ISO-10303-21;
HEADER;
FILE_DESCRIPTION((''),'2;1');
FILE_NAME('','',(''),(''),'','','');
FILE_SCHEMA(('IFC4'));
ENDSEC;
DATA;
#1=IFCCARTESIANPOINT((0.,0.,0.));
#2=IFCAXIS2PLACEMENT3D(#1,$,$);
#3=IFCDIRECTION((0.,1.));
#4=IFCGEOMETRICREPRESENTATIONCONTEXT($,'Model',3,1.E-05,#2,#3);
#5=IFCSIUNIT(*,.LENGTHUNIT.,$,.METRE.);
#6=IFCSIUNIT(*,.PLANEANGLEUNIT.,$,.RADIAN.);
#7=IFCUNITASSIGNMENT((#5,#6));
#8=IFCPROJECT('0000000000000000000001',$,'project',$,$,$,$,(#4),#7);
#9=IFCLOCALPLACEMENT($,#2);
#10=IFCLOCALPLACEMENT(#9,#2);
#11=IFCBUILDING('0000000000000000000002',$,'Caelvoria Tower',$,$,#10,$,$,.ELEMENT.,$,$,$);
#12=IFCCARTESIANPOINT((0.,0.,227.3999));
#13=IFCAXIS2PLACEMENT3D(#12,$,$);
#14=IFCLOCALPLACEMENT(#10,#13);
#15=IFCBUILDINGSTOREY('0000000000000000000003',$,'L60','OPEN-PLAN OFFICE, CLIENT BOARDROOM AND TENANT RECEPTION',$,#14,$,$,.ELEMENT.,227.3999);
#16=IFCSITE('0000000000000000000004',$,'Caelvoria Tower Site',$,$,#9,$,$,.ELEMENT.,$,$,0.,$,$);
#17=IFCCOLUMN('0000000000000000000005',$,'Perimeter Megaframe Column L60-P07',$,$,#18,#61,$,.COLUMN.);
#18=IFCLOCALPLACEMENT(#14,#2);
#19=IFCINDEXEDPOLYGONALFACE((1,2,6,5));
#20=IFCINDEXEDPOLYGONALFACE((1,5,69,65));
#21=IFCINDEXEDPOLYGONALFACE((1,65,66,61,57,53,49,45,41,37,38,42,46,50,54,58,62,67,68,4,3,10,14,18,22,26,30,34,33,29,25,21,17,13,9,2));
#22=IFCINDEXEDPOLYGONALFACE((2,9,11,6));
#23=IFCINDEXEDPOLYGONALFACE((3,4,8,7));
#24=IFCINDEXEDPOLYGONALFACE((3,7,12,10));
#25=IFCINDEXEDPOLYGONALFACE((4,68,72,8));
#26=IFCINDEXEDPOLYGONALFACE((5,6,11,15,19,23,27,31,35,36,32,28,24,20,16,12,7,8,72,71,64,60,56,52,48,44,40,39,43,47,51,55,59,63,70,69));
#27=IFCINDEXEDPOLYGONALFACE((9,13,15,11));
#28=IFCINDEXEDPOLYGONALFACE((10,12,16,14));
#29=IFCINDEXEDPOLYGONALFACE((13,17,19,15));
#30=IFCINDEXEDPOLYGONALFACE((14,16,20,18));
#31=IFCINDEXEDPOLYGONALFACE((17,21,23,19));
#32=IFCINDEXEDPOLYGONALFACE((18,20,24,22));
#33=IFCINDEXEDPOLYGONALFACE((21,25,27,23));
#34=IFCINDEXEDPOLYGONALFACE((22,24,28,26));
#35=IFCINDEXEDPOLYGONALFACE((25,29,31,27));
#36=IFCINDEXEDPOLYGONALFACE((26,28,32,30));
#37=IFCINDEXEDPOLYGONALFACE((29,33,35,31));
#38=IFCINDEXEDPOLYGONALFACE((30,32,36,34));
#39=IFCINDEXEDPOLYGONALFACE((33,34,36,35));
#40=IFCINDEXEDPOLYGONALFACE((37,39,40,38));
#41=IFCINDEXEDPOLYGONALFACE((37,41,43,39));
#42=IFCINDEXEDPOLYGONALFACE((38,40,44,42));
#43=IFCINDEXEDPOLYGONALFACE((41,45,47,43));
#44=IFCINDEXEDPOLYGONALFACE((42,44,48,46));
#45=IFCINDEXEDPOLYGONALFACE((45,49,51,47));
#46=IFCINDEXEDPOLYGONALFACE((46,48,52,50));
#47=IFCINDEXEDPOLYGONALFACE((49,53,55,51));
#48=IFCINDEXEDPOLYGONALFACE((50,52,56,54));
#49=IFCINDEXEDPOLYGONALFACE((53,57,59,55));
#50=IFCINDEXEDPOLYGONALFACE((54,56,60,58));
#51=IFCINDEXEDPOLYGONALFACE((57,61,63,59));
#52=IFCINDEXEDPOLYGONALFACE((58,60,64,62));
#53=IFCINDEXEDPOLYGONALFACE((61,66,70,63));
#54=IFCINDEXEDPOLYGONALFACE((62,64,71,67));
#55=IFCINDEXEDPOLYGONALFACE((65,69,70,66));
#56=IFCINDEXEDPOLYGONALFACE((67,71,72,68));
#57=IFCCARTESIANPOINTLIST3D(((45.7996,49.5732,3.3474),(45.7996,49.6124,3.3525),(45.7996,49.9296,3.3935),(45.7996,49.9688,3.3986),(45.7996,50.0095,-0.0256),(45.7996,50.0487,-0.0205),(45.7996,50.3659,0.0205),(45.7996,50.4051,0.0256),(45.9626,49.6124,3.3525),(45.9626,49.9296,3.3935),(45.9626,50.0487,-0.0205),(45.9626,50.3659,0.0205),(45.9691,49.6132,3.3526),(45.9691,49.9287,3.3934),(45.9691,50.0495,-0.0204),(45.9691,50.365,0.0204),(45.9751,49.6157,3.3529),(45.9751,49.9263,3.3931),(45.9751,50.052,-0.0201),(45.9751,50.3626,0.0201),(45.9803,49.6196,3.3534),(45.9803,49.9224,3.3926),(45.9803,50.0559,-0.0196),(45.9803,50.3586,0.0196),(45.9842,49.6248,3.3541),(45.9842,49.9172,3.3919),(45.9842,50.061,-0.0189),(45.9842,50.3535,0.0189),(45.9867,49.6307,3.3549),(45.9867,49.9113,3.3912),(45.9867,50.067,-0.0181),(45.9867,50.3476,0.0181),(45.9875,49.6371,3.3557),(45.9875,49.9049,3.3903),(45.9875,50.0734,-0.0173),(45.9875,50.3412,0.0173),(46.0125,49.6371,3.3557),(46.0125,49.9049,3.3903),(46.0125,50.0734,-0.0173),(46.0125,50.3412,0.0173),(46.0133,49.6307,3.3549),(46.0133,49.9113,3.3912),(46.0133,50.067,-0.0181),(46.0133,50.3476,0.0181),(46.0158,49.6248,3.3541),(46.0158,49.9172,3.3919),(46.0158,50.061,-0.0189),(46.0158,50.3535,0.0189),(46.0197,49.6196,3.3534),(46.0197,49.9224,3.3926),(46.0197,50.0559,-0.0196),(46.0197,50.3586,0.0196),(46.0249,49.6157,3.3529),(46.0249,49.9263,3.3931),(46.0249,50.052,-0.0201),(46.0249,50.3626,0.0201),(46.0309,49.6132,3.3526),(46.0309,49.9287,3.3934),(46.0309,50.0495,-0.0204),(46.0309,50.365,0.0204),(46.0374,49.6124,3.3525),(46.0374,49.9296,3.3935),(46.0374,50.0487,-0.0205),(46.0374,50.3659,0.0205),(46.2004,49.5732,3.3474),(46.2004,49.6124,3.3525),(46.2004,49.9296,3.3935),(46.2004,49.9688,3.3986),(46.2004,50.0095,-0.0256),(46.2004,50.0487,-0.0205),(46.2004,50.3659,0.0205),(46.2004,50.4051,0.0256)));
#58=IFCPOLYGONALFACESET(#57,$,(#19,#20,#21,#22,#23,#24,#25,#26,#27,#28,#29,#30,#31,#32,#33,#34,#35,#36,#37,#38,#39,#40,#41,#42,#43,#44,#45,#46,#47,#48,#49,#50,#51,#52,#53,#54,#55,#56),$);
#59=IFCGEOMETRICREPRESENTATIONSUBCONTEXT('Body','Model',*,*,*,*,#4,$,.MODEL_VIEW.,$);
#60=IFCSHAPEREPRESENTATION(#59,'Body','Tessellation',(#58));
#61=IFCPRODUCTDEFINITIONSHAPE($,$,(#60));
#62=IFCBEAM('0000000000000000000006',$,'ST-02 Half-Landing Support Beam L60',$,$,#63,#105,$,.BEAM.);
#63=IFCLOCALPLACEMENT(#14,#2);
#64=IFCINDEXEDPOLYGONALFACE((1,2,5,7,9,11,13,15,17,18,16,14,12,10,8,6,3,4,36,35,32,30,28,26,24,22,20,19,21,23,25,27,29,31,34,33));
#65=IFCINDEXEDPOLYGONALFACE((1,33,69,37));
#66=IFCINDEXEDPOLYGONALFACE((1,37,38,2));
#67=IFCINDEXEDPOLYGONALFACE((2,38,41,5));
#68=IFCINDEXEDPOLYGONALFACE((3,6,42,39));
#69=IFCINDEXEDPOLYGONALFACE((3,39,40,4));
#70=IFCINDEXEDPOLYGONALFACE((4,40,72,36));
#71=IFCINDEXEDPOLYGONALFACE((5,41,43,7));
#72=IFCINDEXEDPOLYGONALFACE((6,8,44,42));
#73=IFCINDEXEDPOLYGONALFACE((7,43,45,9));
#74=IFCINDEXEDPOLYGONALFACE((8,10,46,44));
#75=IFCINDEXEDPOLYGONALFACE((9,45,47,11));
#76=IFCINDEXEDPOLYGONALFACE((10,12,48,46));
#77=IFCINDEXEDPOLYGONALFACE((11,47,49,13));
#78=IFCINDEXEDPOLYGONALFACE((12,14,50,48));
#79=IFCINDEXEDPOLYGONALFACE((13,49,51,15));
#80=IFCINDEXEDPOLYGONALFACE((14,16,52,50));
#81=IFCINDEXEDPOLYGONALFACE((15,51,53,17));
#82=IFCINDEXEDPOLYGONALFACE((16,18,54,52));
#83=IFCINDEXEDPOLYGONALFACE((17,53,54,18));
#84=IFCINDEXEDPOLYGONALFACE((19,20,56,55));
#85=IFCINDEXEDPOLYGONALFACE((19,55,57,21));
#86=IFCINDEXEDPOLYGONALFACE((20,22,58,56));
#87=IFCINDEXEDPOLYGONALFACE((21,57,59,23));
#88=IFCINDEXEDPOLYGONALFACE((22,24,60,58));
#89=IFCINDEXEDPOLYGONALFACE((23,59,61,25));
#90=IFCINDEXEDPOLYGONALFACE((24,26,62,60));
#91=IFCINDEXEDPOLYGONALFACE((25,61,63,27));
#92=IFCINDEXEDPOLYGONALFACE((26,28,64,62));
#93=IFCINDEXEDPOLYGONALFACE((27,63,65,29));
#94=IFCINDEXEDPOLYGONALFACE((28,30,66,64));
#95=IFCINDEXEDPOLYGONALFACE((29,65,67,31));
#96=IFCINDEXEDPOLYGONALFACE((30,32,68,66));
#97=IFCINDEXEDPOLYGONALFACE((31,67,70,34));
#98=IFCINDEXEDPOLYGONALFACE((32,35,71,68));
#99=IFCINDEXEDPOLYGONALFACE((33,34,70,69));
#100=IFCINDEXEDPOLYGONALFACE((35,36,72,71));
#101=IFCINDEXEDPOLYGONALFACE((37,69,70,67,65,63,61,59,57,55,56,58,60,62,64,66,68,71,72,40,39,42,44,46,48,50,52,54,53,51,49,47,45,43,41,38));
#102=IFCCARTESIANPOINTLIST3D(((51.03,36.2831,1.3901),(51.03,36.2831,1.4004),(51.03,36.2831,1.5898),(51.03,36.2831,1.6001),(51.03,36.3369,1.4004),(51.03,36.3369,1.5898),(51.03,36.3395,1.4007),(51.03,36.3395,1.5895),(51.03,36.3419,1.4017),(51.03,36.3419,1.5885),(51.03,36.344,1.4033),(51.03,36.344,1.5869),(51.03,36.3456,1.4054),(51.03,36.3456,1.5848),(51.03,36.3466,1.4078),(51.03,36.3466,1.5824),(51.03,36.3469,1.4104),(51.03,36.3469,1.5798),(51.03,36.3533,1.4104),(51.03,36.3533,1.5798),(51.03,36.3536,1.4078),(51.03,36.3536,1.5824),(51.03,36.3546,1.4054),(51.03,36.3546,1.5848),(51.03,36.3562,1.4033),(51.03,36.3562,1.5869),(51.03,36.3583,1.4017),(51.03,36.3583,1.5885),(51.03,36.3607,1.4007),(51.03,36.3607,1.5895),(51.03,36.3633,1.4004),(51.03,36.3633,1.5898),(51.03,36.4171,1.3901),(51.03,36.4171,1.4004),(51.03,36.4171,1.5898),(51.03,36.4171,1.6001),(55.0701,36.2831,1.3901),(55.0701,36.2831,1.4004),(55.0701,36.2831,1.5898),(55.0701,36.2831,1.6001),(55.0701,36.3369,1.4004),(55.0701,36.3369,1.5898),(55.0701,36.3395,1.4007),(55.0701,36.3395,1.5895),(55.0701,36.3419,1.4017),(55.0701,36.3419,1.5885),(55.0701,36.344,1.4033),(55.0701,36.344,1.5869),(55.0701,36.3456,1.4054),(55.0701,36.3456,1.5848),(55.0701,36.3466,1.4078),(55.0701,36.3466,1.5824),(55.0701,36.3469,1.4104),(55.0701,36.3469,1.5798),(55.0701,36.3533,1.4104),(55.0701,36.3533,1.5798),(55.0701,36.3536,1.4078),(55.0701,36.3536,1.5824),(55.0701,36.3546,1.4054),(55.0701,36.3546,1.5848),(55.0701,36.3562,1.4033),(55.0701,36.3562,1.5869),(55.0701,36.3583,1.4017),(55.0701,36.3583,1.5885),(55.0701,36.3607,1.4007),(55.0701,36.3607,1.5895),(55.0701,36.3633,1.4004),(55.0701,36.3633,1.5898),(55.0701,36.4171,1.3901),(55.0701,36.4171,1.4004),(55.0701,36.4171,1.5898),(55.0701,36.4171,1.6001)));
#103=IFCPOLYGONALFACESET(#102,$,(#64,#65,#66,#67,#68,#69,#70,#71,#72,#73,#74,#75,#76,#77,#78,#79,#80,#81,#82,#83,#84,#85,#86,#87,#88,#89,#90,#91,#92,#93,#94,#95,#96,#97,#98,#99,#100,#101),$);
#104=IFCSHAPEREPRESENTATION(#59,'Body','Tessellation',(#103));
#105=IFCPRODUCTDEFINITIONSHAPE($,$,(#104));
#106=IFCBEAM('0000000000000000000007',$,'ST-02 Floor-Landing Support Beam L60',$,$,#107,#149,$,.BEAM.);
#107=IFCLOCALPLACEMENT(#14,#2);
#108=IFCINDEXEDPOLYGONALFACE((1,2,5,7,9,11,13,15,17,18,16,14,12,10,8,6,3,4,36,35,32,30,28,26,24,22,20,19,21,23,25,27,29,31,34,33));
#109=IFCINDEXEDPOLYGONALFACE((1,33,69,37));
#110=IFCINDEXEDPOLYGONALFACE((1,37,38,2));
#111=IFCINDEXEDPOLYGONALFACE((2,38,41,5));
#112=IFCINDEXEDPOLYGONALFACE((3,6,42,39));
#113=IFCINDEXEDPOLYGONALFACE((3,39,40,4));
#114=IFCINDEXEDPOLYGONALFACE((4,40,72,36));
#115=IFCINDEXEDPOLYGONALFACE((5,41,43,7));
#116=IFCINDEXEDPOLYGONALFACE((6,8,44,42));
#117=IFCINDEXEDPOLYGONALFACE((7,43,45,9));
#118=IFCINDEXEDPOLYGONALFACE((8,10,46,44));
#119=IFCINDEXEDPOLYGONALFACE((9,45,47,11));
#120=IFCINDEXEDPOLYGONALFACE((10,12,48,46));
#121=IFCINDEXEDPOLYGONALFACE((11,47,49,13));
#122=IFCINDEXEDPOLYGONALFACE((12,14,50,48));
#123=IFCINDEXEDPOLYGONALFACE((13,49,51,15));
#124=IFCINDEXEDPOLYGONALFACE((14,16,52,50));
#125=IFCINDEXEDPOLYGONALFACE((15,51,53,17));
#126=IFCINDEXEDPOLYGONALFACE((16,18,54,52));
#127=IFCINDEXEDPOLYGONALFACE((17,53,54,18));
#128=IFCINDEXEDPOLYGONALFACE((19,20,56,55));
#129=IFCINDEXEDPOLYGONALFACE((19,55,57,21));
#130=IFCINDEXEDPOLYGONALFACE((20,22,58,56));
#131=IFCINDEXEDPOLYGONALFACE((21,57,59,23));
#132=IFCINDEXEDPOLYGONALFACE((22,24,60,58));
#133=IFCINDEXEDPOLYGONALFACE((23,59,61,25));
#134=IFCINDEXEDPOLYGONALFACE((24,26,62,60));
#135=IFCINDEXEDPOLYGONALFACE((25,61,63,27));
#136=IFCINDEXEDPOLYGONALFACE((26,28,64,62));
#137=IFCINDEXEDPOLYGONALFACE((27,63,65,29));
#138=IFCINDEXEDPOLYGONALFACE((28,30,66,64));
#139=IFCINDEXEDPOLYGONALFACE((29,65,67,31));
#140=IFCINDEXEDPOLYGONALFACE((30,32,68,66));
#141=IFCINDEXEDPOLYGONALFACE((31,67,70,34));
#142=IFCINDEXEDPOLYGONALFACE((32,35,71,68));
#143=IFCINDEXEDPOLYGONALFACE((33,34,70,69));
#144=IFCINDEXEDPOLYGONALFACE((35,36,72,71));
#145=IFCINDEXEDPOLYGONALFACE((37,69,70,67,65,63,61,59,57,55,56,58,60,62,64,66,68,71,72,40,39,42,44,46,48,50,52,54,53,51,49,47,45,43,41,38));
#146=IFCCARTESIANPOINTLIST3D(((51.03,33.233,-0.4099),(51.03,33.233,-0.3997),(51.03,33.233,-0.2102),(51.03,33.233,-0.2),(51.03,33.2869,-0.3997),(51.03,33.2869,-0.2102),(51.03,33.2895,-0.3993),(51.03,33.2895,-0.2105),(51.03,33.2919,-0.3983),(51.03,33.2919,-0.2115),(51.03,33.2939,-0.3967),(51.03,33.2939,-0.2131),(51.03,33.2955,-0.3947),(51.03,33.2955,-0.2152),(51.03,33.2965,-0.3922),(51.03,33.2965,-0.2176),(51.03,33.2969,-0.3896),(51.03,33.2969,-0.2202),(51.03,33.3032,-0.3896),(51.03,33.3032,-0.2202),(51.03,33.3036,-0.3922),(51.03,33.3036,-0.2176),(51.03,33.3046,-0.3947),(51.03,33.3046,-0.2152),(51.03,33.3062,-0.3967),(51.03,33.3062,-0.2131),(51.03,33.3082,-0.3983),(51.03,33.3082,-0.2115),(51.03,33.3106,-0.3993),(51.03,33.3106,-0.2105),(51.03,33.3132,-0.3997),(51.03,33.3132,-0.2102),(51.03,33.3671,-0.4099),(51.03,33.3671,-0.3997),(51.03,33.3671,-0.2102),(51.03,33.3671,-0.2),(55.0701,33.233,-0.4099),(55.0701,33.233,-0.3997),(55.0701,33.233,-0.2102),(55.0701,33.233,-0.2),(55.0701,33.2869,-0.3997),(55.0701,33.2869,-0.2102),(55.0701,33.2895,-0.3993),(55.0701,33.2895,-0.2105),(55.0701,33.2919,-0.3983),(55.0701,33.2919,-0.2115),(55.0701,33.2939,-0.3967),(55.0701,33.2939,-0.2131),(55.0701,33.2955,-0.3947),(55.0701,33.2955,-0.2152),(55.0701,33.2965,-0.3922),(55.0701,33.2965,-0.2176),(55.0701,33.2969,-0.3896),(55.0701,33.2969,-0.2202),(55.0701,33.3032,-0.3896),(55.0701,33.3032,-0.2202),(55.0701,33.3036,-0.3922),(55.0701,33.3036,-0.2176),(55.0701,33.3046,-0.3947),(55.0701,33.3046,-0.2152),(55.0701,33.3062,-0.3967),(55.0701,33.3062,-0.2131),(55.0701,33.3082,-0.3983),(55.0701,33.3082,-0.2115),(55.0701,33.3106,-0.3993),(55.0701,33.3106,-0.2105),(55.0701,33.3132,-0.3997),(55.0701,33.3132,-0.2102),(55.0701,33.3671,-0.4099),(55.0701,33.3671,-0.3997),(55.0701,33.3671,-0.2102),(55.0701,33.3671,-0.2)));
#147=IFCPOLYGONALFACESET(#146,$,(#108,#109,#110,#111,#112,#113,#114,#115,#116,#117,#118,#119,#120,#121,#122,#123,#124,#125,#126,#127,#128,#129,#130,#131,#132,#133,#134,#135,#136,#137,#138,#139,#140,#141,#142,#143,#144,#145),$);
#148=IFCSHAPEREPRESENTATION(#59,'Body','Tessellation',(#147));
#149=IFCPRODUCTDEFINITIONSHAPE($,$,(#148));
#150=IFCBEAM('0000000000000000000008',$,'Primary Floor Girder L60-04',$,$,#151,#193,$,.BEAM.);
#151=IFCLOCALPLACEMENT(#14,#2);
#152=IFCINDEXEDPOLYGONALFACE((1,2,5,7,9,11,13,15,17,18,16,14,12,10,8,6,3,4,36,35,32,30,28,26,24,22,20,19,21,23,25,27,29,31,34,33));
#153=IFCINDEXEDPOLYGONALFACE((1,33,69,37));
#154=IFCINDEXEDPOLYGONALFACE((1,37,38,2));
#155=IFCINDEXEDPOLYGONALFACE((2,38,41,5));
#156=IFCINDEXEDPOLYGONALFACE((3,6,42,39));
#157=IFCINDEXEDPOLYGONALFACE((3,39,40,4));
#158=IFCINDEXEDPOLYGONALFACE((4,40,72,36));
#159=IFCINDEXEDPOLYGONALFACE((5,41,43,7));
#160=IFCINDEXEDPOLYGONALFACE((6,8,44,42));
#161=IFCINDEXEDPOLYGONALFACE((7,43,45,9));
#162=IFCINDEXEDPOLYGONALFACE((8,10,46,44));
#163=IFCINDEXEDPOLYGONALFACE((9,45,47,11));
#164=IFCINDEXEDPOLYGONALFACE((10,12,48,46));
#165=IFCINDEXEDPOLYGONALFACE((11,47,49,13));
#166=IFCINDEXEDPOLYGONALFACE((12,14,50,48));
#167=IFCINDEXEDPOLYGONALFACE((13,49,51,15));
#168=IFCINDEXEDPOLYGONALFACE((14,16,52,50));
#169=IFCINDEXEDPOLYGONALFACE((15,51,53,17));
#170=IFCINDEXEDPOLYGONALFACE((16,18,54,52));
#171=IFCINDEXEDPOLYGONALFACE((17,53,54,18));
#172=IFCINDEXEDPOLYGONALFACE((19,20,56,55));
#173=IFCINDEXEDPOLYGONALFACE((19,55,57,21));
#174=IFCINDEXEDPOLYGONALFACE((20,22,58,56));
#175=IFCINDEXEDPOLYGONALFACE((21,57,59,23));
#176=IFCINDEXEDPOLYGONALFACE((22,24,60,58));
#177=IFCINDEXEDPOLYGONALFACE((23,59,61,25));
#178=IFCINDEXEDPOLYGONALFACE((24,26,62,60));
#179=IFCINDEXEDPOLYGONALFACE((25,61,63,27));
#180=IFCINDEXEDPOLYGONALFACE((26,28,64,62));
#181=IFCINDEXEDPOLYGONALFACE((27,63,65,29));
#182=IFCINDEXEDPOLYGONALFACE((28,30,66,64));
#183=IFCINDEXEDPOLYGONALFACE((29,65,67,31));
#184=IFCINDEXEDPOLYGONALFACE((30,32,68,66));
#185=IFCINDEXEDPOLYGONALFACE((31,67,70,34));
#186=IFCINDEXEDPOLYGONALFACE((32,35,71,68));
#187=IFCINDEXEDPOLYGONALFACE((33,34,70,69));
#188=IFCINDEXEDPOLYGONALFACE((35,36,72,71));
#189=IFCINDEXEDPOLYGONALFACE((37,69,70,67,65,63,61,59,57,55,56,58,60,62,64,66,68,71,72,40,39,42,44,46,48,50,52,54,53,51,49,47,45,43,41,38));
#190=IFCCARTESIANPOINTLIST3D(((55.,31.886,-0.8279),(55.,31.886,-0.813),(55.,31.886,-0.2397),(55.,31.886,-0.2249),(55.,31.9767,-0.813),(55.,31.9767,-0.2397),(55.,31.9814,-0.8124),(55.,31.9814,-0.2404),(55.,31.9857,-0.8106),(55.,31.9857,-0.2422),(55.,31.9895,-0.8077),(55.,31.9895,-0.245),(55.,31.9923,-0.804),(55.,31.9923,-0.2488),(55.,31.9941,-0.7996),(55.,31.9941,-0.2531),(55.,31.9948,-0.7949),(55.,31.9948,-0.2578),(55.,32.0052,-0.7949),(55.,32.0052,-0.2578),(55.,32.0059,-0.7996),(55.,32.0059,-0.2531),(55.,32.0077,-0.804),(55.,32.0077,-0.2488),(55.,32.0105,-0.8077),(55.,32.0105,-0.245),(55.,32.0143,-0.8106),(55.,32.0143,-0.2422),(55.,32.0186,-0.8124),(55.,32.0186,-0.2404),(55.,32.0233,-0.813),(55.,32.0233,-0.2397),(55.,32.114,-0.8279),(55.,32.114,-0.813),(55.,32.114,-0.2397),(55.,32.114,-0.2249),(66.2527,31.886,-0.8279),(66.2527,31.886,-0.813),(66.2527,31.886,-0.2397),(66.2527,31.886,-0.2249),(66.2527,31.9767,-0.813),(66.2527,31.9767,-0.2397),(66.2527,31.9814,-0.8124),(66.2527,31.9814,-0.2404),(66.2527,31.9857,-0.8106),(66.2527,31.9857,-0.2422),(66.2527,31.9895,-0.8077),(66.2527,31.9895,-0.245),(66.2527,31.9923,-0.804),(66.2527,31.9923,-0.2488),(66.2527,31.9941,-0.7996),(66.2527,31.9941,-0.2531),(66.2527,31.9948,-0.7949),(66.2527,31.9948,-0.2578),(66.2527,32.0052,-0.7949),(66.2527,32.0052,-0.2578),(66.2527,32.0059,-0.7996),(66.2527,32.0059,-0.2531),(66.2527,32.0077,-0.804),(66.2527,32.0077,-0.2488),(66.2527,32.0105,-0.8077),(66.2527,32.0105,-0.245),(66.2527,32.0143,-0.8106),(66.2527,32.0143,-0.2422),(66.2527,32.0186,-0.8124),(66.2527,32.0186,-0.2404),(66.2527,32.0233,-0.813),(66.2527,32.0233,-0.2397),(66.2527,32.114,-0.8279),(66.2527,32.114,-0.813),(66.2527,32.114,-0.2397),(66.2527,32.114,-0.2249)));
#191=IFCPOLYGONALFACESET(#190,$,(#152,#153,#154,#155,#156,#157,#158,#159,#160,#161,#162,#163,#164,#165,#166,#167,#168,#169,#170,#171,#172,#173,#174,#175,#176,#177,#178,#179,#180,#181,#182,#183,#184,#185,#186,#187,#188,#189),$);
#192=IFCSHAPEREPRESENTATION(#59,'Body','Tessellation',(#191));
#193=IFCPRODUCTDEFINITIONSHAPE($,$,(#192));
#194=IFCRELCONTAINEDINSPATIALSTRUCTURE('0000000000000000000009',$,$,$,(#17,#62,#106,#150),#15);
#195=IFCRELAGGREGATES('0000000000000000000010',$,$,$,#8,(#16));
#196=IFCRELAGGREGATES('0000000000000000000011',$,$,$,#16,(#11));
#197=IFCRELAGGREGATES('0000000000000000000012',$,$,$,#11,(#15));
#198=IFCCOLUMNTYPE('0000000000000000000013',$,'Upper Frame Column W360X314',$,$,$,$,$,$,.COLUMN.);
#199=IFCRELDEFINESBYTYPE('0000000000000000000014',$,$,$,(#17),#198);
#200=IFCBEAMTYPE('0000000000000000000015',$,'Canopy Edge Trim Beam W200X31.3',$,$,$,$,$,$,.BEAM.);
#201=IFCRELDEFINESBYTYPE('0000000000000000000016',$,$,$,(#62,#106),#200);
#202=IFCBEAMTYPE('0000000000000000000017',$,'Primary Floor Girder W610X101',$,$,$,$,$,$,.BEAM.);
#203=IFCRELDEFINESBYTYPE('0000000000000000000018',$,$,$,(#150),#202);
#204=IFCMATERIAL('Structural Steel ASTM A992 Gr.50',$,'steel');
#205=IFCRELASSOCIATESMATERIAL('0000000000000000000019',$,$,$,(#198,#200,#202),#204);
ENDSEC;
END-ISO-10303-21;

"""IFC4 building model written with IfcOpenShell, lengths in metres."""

from ifc_helpers import new_model, si_unit, direction, frame, origin, origin_2d, place, context, subcontext, project, spatial, i_section, extrude, material, material_profile, profile_set, type_object, element, save


model = new_model("IFC4")

# Units and contexts
model_context = context("Model", 3, precision=1e-05, world=origin(), true_north=direction((0.0, 1.0)))
body_context = subcontext(model_context, "Body", "Model", "MODEL_VIEW")
ifc_project = project(units=[si_unit("LENGTHUNIT", "METRE"), si_unit("PLANEANGLEUNIT", "RADIAN")], contexts=[model_context])

# Site, building, storey
site_placement = place(None, origin())
site = spatial("IfcSite", under=ifc_project, at=site_placement, Name="Caelvoria Tower Site", CompositionType="ELEMENT", RefElevation=0.0)
building_placement = place(site_placement, origin())
building = spatial("IfcBuilding", under=site, at=building_placement, Name="Caelvoria Tower", CompositionType="ELEMENT")
storey_placement = place(building_placement, frame((0.0, 0.0, 227.3999)))
storey = spatial("IfcBuildingStorey", under=building, at=storey_placement, Name="L60", Description="OPEN-PLAN OFFICE, CLIENT BOARDROOM AND TENANT RECEPTION", CompositionType="ELEMENT", Elevation=227.3999)

# Column
ifc_material_1 = material(Name="Structural Steel ASTM A992 Gr.50", Category="steel")
ifc_material_profile_1 = material_profile(ifc_material_1, i_section(OverallWidth=0.4009, OverallDepth=0.3989, WebThickness=0.0249, FlangeThickness=0.0396, FilletRadius=0.0249, at=origin_2d()), Name="Structural Steel ASTM A992 Gr.50")
ifc_profile_set_1 = profile_set([ifc_material_profile_1], Name="W360X314 - Structural Steel ASTM A992 Gr.50")
column_type = type_object("IfcColumnType", Name="Upper Frame Column W360X314", PredefinedType="COLUMN", material=ifc_profile_set_1)
column_placement = place(storey_placement, frame((46.0, 50.2073, 0.0), z_axis=(0.0, -0.128274, 0.991739), x_axis=(1.0, 0.0, 0.0)))
element("IfcColumn", 1, at=column_placement, inside=storey, type_object=column_type, Name="Perimeter Megaframe Column L60-P07", PredefinedType="COLUMN", context=body_context, shape_type="SweptSolid", body=[
    extrude(i_section(OverallWidth=0.4009, OverallDepth=0.3989, WebThickness=0.0249, FlangeThickness=0.0396, FilletRadius=0.0249, at=origin_2d()), origin(), (0.0, 0.0, 1.0), 3.4011),
])

# Beams
ifc_material_profile_2 = material_profile(ifc_material_1, i_section(OverallWidth=0.134, OverallDepth=0.21, WebThickness=0.0063, FlangeThickness=0.0103, FilletRadius=0.01, at=origin_2d()), Name="Structural Steel ASTM A992 Gr.50")
ifc_profile_set_2 = profile_set([ifc_material_profile_2], Name="W200X31.3 - Structural Steel ASTM A992 Gr.50")
beam_type_1 = type_object("IfcBeamType", Name="Canopy Edge Trim Beam W200X31.3", PredefinedType="BEAM", material=ifc_profile_set_2)
for number, where, z_axis, x_axis, name in (
    (2, (51.03, 36.3501, 1.4951), (1.0, 0.0, 0.0), (0.0, 1.0, 0.0), "ST-02 Half-Landing Support Beam L60"),
    (3, (51.03, 33.3, -0.3049), (1.0, 0.0, 0.0), (0.0, 1.0, 0.0), "ST-02 Floor-Landing Support Beam L60"),
):
    element("IfcBeam", number, at=place(storey_placement, frame(where, z_axis=z_axis, x_axis=x_axis)), inside=storey, type_object=beam_type_1, Name=name, PredefinedType="BEAM", context=body_context, shape_type="SweptSolid", body=[
        extrude(i_section(OverallWidth=0.134, OverallDepth=0.21, WebThickness=0.0063, FlangeThickness=0.0103, FilletRadius=0.01, at=origin_2d()), origin(), (0.0, 0.0, 1.0), 4.04),
    ])
ifc_material_profile_3 = material_profile(ifc_material_1, i_section(OverallWidth=0.228, OverallDepth=0.603, WebThickness=0.0105, FlangeThickness=0.0149, FilletRadius=0.0181, at=origin_2d()), Name="Structural Steel ASTM A992 Gr.50")
ifc_profile_set_3 = profile_set([ifc_material_profile_3], Name="W610X101 - Structural Steel ASTM A992 Gr.50")
beam_type_2 = type_object("IfcBeamType", Name="Primary Floor Girder W610X101", PredefinedType="BEAM", material=ifc_profile_set_3)
beam_1_placement = place(storey_placement, frame((55.0, 32.0, -0.5264), z_axis=(1.0, 0.0, 0.0), x_axis=(0.0, 1.0, 0.0)))
element("IfcBeam", 4, at=beam_1_placement, inside=storey, type_object=beam_type_2, Name="Primary Floor Girder L60-04", PredefinedType="BEAM", context=body_context, shape_type="SweptSolid", body=[
    extrude(i_section(OverallWidth=0.228, OverallDepth=0.603, WebThickness=0.0105, FlangeThickness=0.0149, FilletRadius=0.0181, at=origin_2d()), origin(), (0.0, 0.0, 1.0), 11.2527),
])

save(model, "model.ifc")
